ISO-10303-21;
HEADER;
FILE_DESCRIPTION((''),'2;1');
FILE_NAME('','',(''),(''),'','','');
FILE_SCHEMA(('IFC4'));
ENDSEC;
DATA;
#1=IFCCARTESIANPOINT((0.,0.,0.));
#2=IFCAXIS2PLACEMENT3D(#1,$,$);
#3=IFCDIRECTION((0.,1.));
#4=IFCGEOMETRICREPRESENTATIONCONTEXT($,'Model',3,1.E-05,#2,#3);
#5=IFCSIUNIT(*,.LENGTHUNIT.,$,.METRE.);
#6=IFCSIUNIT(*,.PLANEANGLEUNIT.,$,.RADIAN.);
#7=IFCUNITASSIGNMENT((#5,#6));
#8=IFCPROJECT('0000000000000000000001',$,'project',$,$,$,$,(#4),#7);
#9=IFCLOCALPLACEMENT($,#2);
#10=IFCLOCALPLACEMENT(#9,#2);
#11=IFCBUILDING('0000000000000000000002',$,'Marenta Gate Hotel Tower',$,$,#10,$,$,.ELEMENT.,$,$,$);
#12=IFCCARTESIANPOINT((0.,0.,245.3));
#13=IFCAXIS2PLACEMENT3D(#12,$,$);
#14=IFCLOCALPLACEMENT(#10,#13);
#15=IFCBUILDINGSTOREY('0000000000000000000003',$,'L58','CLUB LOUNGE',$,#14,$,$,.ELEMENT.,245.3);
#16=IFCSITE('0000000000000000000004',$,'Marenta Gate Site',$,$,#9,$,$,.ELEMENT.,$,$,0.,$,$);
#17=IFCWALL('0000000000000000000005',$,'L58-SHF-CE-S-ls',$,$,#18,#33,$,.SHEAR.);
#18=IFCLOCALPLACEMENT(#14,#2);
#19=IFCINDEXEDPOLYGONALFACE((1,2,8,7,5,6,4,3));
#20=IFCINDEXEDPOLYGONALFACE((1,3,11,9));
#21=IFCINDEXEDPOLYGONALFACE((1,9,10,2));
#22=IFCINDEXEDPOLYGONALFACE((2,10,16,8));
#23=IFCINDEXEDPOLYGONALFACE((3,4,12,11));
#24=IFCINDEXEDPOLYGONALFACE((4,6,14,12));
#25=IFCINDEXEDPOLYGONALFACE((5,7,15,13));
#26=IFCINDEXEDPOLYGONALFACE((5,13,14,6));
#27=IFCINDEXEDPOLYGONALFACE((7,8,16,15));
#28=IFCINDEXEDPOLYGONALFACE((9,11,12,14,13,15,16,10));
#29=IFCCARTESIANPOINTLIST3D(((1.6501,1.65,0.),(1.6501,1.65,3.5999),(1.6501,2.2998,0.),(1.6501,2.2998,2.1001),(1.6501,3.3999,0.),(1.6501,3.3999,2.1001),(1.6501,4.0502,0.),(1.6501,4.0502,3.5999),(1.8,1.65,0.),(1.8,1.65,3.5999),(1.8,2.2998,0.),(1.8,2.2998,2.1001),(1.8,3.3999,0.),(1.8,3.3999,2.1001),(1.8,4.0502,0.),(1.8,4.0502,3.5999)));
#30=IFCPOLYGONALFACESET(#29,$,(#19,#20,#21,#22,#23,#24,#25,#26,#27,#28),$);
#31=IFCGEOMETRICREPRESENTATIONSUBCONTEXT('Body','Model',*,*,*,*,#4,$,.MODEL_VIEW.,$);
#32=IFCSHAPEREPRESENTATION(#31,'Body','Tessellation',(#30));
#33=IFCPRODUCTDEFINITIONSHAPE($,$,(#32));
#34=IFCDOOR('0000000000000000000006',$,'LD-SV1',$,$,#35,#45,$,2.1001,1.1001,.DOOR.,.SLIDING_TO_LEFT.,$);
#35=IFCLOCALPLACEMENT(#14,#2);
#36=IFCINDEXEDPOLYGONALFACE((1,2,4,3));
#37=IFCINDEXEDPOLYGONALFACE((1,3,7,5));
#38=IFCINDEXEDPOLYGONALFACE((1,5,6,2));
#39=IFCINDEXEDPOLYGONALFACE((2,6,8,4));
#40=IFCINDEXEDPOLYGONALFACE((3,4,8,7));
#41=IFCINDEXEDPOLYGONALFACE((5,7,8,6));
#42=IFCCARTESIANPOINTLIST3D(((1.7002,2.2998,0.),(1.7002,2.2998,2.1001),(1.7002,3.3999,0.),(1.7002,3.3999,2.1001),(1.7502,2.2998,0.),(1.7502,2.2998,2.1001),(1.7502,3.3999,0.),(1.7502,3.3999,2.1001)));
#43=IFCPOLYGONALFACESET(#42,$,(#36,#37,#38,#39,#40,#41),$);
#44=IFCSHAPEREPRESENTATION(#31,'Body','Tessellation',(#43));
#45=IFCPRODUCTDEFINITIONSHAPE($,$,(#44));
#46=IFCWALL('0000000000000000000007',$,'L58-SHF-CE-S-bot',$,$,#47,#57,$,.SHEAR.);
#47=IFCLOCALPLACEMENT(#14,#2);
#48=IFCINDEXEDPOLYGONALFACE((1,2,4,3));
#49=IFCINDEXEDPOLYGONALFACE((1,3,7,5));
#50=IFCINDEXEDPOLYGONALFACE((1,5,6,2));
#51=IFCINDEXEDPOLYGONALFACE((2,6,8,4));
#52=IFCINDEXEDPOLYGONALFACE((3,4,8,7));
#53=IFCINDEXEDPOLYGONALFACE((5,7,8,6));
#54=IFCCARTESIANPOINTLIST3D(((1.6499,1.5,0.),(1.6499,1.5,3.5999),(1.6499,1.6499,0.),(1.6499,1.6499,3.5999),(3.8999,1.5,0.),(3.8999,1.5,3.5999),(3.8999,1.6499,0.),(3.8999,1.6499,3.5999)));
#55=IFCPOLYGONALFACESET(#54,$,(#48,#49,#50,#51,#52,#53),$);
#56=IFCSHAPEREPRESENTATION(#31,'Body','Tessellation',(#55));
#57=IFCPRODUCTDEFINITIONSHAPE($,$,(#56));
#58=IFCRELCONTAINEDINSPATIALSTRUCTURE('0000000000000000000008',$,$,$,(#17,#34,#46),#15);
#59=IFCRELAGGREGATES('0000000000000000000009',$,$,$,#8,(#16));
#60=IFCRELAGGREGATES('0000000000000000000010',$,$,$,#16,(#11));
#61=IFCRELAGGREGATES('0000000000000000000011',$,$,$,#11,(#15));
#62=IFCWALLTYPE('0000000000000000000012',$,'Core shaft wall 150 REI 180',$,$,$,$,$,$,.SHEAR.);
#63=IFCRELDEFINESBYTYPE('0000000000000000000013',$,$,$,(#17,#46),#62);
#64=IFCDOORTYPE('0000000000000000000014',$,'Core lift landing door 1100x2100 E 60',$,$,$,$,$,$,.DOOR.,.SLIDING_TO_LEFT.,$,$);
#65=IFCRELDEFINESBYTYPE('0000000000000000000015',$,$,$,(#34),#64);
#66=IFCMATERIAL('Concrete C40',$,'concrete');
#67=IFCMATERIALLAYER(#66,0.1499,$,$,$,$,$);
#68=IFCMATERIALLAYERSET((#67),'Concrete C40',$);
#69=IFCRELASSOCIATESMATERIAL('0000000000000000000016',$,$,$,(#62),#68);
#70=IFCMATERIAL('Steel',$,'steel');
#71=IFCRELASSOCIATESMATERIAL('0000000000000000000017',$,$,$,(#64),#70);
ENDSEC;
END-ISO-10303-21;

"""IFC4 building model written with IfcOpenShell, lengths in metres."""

from ifc_helpers import new_model, si_unit, direction, frame, frame_2d, origin, place, context, subcontext, project, spatial, rectangle, extrude, material, layer, layer_set, type_object, element, fill, save


model = new_model("IFC4")

# Units and contexts
model_context = context("Model", 3, precision=1e-05, world=origin(), true_north=direction((0.0, 1.0)))
body_context = subcontext(model_context, "Body", "Model", "MODEL_VIEW")
ifc_project = project(units=[si_unit("LENGTHUNIT", "METRE"), si_unit("PLANEANGLEUNIT", "RADIAN")], contexts=[model_context])

# Site, building, storey
site_placement = place(None, origin())
site = spatial("IfcSite", under=ifc_project, at=site_placement, Name="Marenta Gate Site", CompositionType="ELEMENT", RefElevation=0.0)
building_placement = place(site_placement, origin())
building = spatial("IfcBuilding", under=site, at=building_placement, Name="Marenta Gate Hotel Tower", CompositionType="ELEMENT")
storey_placement = place(building_placement, frame((0.0, 0.0, 245.3)))
storey = spatial("IfcBuildingStorey", under=building, at=storey_placement, Name="L58", Description="CLUB LOUNGE", CompositionType="ELEMENT", Elevation=245.3)

# Wall, opening, door
ifc_material_1 = material(Name="Concrete C40", Category="concrete")
ifc_layer_1 = layer(ifc_material_1, 0.1499)
ifc_layer_set_1 = layer_set([ifc_layer_1], Name="Concrete C40")
wall_type_1 = type_object("IfcWallType", Name="Core shaft wall 150 REI 180", PredefinedType="SHEAR", material=ifc_layer_set_1)
wall_1_placement = place(storey_placement, frame((1.7251, 1.6499, 0.0), z_axis=(0.0, 0.0, 1.0), x_axis=(0.0, 1.0, 0.0)))
wall_1 = element("IfcWall", 1, at=wall_1_placement, inside=storey, type_object=wall_type_1, Name="L58-SHF-CE-S-ls", PredefinedType="SHEAR", context=body_context, shape_type="SweptSolid", body=[
    extrude(rectangle(XDim=2.4001, YDim=0.1499, at=frame_2d((1.2002, 0.0))), origin(), (0.0, 0.0, 1.0), 3.5999),
])
opening_1_placement = place(wall_1_placement, frame((0.6499, 0.0, 0.0)))
opening_1 = element("IfcOpeningElement", 2, at=opening_1_placement, cuts=wall_1, PredefinedType="OPENING", context=body_context, shape_type="SweptSolid", body=[
    extrude(rectangle(XDim=1.1001, YDim=2.1001, at=frame_2d((0.55, 1.05))), frame((0.0, 0.075, 0.0), z_axis=(0.0, -1.0, 0.0), x_axis=(1.0, 0.0, 0.0)), (0.0, 0.0, 1.0), 0.1499),
])
ifc_material_2 = material(Name="Steel", Category="steel")
door_type_1 = type_object("IfcDoorType", Name="Core lift landing door 1100x2100 E 60", OperationType="SLIDING_TO_LEFT", PredefinedType="DOOR", material=ifc_material_2)
door_1_placement = place(opening_1_placement, origin())
door_1 = element("IfcDoor", 3, at=door_1_placement, inside=storey, type_object=door_type_1, Name="LD-SV1", OperationType="SLIDING_TO_LEFT", OverallHeight=2.1001, OverallWidth=1.1001, PredefinedType="DOOR", context=body_context, shape_type="SweptSolid", body=[
    extrude(rectangle(XDim=1.1001, YDim=2.1001, at=frame_2d((0.55, 1.05))), frame((0.0, 0.0249, 0.0), z_axis=(0.0, -1.0, 0.0), x_axis=(1.0, 0.0, 0.0)), (0.0, 0.0, 1.0), 0.05),
])
fill(opening_1, door_1)

# Wall
wall_2_placement = place(storey_placement, frame((1.6499, 1.575, 0.0), z_axis=(0.0, 0.0, 1.0), x_axis=(1.0, 0.0, 0.0)))
element("IfcWall", 4, at=wall_2_placement, inside=storey, type_object=wall_type_1, Name="L58-SHF-CE-S-bot", PredefinedType="SHEAR", context=body_context, shape_type="SweptSolid", body=[
    extrude(rectangle(XDim=2.25, YDim=0.1499, at=frame_2d((1.125, 0.0))), origin(), (0.0, 0.0, 1.0), 3.5999),
])

save(model, "model.ifc")
